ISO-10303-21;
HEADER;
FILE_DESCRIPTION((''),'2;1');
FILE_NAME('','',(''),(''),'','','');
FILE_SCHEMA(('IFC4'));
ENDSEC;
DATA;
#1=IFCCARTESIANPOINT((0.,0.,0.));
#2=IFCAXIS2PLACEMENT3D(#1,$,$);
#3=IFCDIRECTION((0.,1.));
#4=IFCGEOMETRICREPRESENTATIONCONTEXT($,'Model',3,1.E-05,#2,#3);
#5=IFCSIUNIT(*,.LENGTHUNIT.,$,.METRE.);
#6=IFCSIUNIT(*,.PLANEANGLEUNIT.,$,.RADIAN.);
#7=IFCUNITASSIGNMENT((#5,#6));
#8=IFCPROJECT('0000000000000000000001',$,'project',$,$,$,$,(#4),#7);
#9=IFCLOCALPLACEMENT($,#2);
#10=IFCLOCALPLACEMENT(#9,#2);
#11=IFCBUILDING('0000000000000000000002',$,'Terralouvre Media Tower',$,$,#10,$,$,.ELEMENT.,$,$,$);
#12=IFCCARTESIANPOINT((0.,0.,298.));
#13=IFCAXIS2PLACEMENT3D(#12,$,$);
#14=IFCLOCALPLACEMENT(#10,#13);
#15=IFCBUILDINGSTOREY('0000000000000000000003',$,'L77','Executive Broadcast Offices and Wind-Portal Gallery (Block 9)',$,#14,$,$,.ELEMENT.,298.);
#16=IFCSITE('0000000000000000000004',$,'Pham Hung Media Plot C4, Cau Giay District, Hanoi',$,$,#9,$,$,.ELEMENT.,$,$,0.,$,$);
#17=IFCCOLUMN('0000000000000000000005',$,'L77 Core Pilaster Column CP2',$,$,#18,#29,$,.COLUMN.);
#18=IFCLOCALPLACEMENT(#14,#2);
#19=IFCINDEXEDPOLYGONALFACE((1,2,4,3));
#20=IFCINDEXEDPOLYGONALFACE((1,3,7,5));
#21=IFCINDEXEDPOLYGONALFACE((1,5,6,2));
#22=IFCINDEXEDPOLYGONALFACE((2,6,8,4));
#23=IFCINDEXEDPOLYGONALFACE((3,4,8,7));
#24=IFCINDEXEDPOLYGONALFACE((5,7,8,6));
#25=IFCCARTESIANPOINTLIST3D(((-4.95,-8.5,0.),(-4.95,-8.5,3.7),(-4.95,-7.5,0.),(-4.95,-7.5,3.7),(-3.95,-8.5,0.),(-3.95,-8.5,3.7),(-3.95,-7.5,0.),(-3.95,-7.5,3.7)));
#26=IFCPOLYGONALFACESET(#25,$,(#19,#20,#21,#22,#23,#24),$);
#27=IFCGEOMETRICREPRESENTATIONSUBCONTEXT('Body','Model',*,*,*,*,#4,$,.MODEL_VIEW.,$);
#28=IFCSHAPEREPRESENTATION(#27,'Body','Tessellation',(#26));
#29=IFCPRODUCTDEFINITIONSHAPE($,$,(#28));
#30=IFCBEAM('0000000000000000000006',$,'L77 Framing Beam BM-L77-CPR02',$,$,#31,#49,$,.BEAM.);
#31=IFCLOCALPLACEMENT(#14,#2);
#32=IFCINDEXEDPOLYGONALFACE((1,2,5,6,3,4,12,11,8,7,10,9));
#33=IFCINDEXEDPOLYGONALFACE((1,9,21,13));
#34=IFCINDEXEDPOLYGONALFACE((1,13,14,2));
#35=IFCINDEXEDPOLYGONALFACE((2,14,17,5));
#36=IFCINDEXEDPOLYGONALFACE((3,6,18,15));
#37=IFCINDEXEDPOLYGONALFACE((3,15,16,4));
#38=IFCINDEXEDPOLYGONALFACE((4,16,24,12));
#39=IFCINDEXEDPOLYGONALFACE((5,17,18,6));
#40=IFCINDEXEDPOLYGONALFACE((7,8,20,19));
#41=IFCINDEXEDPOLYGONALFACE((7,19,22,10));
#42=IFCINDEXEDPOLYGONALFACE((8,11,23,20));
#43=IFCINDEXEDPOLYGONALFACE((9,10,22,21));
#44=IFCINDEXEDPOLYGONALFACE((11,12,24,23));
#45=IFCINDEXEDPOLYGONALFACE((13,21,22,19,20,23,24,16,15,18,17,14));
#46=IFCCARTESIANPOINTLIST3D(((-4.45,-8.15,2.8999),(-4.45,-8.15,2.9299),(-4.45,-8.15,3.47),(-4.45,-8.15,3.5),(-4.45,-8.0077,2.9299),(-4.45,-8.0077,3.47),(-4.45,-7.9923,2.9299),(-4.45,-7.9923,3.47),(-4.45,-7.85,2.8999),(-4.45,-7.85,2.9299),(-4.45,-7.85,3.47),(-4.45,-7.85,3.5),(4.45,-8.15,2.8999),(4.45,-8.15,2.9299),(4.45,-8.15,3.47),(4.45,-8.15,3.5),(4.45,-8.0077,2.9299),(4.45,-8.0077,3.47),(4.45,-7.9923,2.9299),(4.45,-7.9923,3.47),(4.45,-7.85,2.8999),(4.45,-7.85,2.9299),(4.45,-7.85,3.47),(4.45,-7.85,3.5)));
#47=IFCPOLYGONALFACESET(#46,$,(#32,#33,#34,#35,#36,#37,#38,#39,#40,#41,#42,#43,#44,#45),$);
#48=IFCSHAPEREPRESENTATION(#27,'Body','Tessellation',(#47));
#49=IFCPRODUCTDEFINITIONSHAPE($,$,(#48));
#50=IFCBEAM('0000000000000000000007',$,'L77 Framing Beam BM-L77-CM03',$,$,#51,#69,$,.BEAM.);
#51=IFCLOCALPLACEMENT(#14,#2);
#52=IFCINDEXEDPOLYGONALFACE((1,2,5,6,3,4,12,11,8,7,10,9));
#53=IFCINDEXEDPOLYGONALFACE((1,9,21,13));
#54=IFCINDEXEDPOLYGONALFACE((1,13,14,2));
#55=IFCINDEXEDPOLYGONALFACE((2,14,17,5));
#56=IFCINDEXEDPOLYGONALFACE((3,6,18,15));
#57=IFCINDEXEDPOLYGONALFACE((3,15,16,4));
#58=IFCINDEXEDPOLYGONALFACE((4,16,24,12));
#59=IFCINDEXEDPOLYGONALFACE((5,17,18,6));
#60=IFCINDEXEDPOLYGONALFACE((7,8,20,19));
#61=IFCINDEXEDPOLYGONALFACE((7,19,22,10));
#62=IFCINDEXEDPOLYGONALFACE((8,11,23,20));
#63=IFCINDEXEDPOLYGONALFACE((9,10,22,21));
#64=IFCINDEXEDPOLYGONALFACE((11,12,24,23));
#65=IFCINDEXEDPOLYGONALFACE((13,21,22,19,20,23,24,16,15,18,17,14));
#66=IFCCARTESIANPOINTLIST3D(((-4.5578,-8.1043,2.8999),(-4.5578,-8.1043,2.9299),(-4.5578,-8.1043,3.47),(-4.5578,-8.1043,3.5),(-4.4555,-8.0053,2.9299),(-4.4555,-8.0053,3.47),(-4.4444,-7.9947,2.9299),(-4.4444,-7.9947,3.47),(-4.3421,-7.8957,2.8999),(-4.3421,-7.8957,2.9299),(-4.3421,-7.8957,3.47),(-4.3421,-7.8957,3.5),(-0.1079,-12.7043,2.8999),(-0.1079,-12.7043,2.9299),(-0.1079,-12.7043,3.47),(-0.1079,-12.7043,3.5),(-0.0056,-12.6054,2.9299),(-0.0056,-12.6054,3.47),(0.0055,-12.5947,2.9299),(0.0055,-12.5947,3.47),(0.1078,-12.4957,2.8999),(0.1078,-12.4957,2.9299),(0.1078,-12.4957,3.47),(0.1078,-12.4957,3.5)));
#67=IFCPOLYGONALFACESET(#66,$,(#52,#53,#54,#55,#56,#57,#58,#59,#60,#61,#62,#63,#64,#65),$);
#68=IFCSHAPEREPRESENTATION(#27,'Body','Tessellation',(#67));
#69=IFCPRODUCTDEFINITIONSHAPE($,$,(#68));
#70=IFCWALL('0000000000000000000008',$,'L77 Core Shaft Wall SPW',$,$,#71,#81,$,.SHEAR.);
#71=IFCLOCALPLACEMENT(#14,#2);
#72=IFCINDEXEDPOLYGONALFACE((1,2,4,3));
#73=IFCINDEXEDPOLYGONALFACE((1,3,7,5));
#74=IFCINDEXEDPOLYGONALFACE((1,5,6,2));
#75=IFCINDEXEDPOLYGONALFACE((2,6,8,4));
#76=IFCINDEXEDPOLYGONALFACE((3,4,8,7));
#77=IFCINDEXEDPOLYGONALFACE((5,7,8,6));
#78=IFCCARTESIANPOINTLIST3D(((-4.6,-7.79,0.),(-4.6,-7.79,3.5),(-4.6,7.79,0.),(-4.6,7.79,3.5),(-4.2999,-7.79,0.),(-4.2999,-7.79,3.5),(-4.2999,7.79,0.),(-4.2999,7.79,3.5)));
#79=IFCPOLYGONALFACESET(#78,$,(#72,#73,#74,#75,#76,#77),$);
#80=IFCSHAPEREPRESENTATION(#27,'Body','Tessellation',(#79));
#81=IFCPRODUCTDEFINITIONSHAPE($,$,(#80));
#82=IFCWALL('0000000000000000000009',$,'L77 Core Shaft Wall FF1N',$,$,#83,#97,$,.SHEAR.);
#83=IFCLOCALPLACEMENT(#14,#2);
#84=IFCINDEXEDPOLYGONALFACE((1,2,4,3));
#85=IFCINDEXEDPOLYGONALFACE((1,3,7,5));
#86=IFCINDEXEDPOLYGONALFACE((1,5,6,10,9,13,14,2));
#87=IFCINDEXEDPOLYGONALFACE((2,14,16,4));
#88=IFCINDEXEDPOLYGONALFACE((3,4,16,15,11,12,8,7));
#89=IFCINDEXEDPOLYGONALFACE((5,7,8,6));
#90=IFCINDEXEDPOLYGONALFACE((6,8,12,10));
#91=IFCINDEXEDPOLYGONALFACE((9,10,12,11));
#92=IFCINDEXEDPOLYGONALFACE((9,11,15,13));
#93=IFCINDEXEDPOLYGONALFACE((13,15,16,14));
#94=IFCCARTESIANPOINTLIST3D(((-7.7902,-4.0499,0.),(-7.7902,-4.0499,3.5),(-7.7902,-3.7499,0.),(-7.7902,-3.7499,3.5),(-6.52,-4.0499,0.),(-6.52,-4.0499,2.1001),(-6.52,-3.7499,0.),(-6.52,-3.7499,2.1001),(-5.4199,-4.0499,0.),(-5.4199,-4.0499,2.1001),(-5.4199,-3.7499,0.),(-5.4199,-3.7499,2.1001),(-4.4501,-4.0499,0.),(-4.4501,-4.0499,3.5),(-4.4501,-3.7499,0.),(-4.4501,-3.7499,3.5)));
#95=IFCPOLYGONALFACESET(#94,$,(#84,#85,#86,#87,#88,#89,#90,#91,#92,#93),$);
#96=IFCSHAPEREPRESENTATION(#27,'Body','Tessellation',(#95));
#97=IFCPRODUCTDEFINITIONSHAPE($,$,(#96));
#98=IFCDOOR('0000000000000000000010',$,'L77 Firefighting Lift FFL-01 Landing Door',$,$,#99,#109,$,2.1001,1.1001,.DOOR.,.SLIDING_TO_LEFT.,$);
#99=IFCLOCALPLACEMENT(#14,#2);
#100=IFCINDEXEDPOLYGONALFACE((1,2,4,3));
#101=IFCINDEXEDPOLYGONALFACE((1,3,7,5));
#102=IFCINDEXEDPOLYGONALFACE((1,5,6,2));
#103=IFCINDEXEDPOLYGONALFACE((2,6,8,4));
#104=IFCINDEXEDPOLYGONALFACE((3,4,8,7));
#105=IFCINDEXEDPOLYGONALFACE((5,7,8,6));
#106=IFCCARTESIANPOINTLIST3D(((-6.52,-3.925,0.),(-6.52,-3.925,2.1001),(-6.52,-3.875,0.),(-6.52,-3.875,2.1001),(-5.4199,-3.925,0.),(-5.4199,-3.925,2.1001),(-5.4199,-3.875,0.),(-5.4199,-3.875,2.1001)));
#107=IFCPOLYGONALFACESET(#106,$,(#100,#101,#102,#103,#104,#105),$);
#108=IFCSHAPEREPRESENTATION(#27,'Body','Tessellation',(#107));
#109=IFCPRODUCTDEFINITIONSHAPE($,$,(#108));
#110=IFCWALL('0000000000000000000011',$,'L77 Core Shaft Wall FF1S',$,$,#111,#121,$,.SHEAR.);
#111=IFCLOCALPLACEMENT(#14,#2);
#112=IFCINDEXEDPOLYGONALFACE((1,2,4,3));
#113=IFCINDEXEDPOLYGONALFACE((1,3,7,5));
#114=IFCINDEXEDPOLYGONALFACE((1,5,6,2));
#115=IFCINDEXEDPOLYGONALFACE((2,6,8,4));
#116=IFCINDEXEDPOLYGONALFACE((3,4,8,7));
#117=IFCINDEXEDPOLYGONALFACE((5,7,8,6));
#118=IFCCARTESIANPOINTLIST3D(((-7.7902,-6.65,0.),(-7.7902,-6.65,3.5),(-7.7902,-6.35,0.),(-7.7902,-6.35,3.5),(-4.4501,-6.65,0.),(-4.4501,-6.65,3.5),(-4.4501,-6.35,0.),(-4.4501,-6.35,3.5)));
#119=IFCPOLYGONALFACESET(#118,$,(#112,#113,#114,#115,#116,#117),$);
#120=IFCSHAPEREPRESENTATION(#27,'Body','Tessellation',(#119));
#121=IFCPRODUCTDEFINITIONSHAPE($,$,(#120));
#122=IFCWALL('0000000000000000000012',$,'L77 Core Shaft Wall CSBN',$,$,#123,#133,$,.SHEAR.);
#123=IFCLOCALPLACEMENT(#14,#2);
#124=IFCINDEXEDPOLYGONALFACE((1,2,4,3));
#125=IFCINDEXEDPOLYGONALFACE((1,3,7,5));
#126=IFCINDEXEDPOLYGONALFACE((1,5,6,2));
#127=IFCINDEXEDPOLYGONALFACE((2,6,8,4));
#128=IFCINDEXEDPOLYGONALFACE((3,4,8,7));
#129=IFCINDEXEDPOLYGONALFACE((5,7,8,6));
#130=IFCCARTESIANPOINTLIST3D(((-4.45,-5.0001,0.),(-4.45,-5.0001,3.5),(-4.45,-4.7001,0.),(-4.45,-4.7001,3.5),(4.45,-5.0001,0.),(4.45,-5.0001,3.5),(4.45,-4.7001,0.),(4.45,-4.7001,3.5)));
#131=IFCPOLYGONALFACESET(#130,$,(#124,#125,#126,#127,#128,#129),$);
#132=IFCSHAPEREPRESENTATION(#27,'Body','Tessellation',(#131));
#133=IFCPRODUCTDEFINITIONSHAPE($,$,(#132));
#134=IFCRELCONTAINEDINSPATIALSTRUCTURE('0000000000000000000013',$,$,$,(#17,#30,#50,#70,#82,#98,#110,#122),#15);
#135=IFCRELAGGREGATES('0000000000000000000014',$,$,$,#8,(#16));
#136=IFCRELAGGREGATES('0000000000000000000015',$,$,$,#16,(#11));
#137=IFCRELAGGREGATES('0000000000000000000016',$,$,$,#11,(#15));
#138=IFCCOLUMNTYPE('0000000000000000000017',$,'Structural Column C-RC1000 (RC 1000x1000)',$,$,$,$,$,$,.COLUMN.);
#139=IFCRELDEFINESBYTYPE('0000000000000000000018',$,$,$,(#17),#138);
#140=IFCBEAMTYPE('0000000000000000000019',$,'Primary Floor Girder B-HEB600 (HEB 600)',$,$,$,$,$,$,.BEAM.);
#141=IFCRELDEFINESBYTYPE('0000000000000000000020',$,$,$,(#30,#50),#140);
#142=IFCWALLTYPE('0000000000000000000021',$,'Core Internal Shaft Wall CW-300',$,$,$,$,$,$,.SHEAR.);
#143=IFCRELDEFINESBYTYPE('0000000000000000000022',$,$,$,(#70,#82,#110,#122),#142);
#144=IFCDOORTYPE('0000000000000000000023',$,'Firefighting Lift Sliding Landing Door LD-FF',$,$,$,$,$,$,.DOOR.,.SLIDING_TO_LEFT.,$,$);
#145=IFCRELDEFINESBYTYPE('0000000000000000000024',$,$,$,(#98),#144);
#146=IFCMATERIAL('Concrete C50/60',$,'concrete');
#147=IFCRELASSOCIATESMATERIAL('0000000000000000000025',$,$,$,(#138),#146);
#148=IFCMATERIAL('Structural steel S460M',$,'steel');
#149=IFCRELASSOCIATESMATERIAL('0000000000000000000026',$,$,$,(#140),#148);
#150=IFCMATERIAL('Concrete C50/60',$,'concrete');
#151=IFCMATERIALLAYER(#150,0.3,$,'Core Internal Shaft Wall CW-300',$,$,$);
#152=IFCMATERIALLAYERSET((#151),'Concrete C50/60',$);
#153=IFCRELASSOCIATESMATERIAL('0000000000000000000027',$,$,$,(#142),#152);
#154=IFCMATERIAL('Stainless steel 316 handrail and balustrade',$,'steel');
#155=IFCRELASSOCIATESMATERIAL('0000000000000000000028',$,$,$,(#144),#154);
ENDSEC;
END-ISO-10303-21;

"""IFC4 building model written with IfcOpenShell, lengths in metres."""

from ifc_helpers import new_model, si_unit, direction, frame, frame_2d, origin, origin_2d, place, context, subcontext, project, spatial, rectangle, i_section, extrude, material, layer, layer_set, material_profile, profile_set, type_object, element, fill, save


model = new_model("IFC4")

# Units and contexts
model_context = context("Model", 3, precision=1e-05, world=origin(), true_north=direction((0.0, 1.0)))
body_context = subcontext(model_context, "Body", "Model", "MODEL_VIEW")
ifc_project = project(units=[si_unit("LENGTHUNIT", "METRE"), si_unit("PLANEANGLEUNIT", "RADIAN")], contexts=[model_context])

# Site, building, storey
site_placement = place(None, origin())
site = spatial("IfcSite", under=ifc_project, at=site_placement, Name="Pham Hung Media Plot C4, Cau Giay District, Hanoi", CompositionType="ELEMENT", RefElevation=0.0)
building_placement = place(site_placement, origin())
building = spatial("IfcBuilding", under=site, at=building_placement, Name="Terralouvre Media Tower", CompositionType="ELEMENT")
storey_placement = place(building_placement, frame((0.0, 0.0, 298.0)))
storey = spatial("IfcBuildingStorey", under=building, at=storey_placement, Name="L77", Description="Executive Broadcast Offices and Wind-Portal Gallery (Block 9)", CompositionType="ELEMENT", Elevation=298.0)

# Column
ifc_material_1 = material(Name="Concrete C50/60", Category="concrete")
ifc_material_profile_1 = material_profile(ifc_material_1, rectangle(XDim=1.0, YDim=1.0, at=origin_2d()), Name="RC 1000x1000")
ifc_profile_set_1 = profile_set([ifc_material_profile_1], Name="Concrete C50/60")
column_type = type_object("IfcColumnType", Name="Structural Column C-RC1000 (RC 1000x1000)", PredefinedType="COLUMN", material=ifc_profile_set_1)
column_placement = place(storey_placement, frame((-4.45, -8.0, 0.0), z_axis=(0.0, 0.0, 1.0), x_axis=(1.0, 0.0, 0.0)))
element("IfcColumn", 1, at=column_placement, inside=storey, type_object=column_type, Name="L77 Core Pilaster Column CP2", PredefinedType="COLUMN", context=body_context, shape_type="SweptSolid", body=[
    extrude(rectangle(XDim=1.0, YDim=1.0, at=origin_2d()), origin(), (0.0, 0.0, 1.0), 3.7),
])

# Beams
ifc_material_2 = material(Name="Structural steel S460M", Category="steel")
ifc_material_profile_2 = material_profile(ifc_material_2, i_section(OverallWidth=0.3, OverallDepth=0.6001, WebThickness=0.0154, FlangeThickness=0.03, at=origin_2d()), Name="HEB 600")
ifc_profile_set_2 = profile_set([ifc_material_profile_2], Name="Structural steel S460M")
beam_type = type_object("IfcBeamType", Name="Primary Floor Girder B-HEB600 (HEB 600)", PredefinedType="BEAM", material=ifc_profile_set_2)
beam_1_placement = place(storey_placement, frame((-4.45, -8.0, 3.2), z_axis=(1.0, 0.0, 0.0), x_axis=(0.0, 1.0, 0.0)))
element("IfcBeam", 2, at=beam_1_placement, inside=storey, type_object=beam_type, Name="L77 Framing Beam BM-L77-CPR02", PredefinedType="BEAM", context=body_context, shape_type="SweptSolid", body=[
    extrude(i_section(OverallWidth=0.3, OverallDepth=0.6001, WebThickness=0.0154, FlangeThickness=0.03, at=origin_2d()), origin(), (0.0, 0.0, 1.0), 8.8999),
])
beam_2_placement = place(storey_placement, frame((-4.45, -8.0, 3.2), z_axis=(0.69528, -0.718739, 0.0), x_axis=(0.718739, 0.69528, 0.0)))
element("IfcBeam", 3, at=beam_2_placement, inside=storey, type_object=beam_type, Name="L77 Framing Beam BM-L77-CM03", PredefinedType="BEAM", context=body_context, shape_type="SweptSolid", body=[
    extrude(i_section(OverallWidth=0.3, OverallDepth=0.6001, WebThickness=0.0154, FlangeThickness=0.03, at=origin_2d()), origin(), (0.0, 0.0, 1.0), 6.4001),
])

# Wall
ifc_material_3 = material(Name="Concrete C50/60", Category="concrete")
ifc_layer_1 = layer(ifc_material_3, 0.3, Name="Core Internal Shaft Wall CW-300")
ifc_layer_set_1 = layer_set([ifc_layer_1], Name="Concrete C50/60")
wall_type_1 = type_object("IfcWallType", Name="Core Internal Shaft Wall CW-300", PredefinedType="SHEAR", material=ifc_layer_set_1)
wall_1_placement = place(storey_placement, frame((-4.45, -7.79, 0.0), z_axis=(0.0, 0.0, 1.0), x_axis=(0.0, 1.0, 0.0)))
element("IfcWall", 4, at=wall_1_placement, inside=storey, type_object=wall_type_1, Name="L77 Core Shaft Wall SPW", PredefinedType="SHEAR", context=body_context, shape_type="SweptSolid", body=[
    extrude(rectangle(XDim=15.5801, YDim=0.3, at=frame_2d((7.79, 0.0))), origin(), (0.0, 0.0, 1.0), 3.5),
])

# Wall, opening, door
wall_2_placement = place(storey_placement, frame((-7.79, -3.8999, 0.0), z_axis=(0.0, 0.0, 1.0), x_axis=(1.0, 0.0, 0.0)))
wall_2 = element("IfcWall", 5, at=wall_2_placement, inside=storey, type_object=wall_type_1, Name="L77 Core Shaft Wall FF1N", PredefinedType="SHEAR", context=body_context, shape_type="SweptSolid", body=[
    extrude(rectangle(XDim=3.3401, YDim=0.3, at=frame_2d((1.6699, 0.0))), origin(), (0.0, 0.0, 1.0), 3.5),
])
opening_1_placement = place(wall_2_placement, frame((1.27, 0.0, 0.0)))
opening_1 = element("IfcOpeningElement", 6, at=opening_1_placement, cuts=wall_2, PredefinedType="OPENING", context=body_context, shape_type="SweptSolid", body=[
    extrude(rectangle(XDim=1.1001, YDim=2.1001, at=frame_2d((0.55, 1.05))), frame((0.0, 0.1599, 0.0), z_axis=(0.0, -1.0, 0.0), x_axis=(1.0, 0.0, 0.0)), (0.0, 0.0, 1.0), 0.3201),
])
ifc_material_4 = material(Name="Stainless steel 316 handrail and balustrade", Category="steel")
door_type_1 = type_object("IfcDoorType", Name="Firefighting Lift Sliding Landing Door LD-FF", OperationType="SLIDING_TO_LEFT", PredefinedType="DOOR", material=ifc_material_4)
door_1_placement = place(opening_1_placement, origin())
door_1 = element("IfcDoor", 7, at=door_1_placement, inside=storey, type_object=door_type_1, Name="L77 Firefighting Lift FFL-01 Landing Door", OperationType="SLIDING_TO_LEFT", OverallHeight=2.1001, OverallWidth=1.1001, PredefinedType="DOOR", context=body_context, shape_type="SweptSolid", body=[
    extrude(rectangle(XDim=1.1001, YDim=2.1001, at=frame_2d((0.55, 1.05))), frame((0.0, 0.0249, 0.0), z_axis=(0.0, -1.0, 0.0), x_axis=(1.0, 0.0, 0.0)), (0.0, 0.0, 1.0), 0.05),
])
fill(opening_1, door_1)

# Walls
wall_3_placement = place(storey_placement, frame((-7.79, -6.5, 0.0), z_axis=(0.0, 0.0, 1.0), x_axis=(1.0, 0.0, 0.0)))
element("IfcWall", 8, at=wall_3_placement, inside=storey, type_object=wall_type_1, Name="L77 Core Shaft Wall FF1S", PredefinedType="SHEAR", context=body_context, shape_type="SweptSolid", body=[
    extrude(rectangle(XDim=3.3401, YDim=0.3, at=frame_2d((1.6699, 0.0))), origin(), (0.0, 0.0, 1.0), 3.5),
])
wall_4_placement = place(storey_placement, frame((-4.45, -4.8501, 0.0), z_axis=(0.0, 0.0, 1.0), x_axis=(1.0, 0.0, 0.0)))
element("IfcWall", 9, at=wall_4_placement, inside=storey, type_object=wall_type_1, Name="L77 Core Shaft Wall CSBN", PredefinedType="SHEAR", context=body_context, shape_type="SweptSolid", body=[
    extrude(rectangle(XDim=8.8999, YDim=0.3, at=frame_2d((4.45, 0.0))), origin(), (0.0, 0.0, 1.0), 3.5),
])

save(model, "model.ifc")
